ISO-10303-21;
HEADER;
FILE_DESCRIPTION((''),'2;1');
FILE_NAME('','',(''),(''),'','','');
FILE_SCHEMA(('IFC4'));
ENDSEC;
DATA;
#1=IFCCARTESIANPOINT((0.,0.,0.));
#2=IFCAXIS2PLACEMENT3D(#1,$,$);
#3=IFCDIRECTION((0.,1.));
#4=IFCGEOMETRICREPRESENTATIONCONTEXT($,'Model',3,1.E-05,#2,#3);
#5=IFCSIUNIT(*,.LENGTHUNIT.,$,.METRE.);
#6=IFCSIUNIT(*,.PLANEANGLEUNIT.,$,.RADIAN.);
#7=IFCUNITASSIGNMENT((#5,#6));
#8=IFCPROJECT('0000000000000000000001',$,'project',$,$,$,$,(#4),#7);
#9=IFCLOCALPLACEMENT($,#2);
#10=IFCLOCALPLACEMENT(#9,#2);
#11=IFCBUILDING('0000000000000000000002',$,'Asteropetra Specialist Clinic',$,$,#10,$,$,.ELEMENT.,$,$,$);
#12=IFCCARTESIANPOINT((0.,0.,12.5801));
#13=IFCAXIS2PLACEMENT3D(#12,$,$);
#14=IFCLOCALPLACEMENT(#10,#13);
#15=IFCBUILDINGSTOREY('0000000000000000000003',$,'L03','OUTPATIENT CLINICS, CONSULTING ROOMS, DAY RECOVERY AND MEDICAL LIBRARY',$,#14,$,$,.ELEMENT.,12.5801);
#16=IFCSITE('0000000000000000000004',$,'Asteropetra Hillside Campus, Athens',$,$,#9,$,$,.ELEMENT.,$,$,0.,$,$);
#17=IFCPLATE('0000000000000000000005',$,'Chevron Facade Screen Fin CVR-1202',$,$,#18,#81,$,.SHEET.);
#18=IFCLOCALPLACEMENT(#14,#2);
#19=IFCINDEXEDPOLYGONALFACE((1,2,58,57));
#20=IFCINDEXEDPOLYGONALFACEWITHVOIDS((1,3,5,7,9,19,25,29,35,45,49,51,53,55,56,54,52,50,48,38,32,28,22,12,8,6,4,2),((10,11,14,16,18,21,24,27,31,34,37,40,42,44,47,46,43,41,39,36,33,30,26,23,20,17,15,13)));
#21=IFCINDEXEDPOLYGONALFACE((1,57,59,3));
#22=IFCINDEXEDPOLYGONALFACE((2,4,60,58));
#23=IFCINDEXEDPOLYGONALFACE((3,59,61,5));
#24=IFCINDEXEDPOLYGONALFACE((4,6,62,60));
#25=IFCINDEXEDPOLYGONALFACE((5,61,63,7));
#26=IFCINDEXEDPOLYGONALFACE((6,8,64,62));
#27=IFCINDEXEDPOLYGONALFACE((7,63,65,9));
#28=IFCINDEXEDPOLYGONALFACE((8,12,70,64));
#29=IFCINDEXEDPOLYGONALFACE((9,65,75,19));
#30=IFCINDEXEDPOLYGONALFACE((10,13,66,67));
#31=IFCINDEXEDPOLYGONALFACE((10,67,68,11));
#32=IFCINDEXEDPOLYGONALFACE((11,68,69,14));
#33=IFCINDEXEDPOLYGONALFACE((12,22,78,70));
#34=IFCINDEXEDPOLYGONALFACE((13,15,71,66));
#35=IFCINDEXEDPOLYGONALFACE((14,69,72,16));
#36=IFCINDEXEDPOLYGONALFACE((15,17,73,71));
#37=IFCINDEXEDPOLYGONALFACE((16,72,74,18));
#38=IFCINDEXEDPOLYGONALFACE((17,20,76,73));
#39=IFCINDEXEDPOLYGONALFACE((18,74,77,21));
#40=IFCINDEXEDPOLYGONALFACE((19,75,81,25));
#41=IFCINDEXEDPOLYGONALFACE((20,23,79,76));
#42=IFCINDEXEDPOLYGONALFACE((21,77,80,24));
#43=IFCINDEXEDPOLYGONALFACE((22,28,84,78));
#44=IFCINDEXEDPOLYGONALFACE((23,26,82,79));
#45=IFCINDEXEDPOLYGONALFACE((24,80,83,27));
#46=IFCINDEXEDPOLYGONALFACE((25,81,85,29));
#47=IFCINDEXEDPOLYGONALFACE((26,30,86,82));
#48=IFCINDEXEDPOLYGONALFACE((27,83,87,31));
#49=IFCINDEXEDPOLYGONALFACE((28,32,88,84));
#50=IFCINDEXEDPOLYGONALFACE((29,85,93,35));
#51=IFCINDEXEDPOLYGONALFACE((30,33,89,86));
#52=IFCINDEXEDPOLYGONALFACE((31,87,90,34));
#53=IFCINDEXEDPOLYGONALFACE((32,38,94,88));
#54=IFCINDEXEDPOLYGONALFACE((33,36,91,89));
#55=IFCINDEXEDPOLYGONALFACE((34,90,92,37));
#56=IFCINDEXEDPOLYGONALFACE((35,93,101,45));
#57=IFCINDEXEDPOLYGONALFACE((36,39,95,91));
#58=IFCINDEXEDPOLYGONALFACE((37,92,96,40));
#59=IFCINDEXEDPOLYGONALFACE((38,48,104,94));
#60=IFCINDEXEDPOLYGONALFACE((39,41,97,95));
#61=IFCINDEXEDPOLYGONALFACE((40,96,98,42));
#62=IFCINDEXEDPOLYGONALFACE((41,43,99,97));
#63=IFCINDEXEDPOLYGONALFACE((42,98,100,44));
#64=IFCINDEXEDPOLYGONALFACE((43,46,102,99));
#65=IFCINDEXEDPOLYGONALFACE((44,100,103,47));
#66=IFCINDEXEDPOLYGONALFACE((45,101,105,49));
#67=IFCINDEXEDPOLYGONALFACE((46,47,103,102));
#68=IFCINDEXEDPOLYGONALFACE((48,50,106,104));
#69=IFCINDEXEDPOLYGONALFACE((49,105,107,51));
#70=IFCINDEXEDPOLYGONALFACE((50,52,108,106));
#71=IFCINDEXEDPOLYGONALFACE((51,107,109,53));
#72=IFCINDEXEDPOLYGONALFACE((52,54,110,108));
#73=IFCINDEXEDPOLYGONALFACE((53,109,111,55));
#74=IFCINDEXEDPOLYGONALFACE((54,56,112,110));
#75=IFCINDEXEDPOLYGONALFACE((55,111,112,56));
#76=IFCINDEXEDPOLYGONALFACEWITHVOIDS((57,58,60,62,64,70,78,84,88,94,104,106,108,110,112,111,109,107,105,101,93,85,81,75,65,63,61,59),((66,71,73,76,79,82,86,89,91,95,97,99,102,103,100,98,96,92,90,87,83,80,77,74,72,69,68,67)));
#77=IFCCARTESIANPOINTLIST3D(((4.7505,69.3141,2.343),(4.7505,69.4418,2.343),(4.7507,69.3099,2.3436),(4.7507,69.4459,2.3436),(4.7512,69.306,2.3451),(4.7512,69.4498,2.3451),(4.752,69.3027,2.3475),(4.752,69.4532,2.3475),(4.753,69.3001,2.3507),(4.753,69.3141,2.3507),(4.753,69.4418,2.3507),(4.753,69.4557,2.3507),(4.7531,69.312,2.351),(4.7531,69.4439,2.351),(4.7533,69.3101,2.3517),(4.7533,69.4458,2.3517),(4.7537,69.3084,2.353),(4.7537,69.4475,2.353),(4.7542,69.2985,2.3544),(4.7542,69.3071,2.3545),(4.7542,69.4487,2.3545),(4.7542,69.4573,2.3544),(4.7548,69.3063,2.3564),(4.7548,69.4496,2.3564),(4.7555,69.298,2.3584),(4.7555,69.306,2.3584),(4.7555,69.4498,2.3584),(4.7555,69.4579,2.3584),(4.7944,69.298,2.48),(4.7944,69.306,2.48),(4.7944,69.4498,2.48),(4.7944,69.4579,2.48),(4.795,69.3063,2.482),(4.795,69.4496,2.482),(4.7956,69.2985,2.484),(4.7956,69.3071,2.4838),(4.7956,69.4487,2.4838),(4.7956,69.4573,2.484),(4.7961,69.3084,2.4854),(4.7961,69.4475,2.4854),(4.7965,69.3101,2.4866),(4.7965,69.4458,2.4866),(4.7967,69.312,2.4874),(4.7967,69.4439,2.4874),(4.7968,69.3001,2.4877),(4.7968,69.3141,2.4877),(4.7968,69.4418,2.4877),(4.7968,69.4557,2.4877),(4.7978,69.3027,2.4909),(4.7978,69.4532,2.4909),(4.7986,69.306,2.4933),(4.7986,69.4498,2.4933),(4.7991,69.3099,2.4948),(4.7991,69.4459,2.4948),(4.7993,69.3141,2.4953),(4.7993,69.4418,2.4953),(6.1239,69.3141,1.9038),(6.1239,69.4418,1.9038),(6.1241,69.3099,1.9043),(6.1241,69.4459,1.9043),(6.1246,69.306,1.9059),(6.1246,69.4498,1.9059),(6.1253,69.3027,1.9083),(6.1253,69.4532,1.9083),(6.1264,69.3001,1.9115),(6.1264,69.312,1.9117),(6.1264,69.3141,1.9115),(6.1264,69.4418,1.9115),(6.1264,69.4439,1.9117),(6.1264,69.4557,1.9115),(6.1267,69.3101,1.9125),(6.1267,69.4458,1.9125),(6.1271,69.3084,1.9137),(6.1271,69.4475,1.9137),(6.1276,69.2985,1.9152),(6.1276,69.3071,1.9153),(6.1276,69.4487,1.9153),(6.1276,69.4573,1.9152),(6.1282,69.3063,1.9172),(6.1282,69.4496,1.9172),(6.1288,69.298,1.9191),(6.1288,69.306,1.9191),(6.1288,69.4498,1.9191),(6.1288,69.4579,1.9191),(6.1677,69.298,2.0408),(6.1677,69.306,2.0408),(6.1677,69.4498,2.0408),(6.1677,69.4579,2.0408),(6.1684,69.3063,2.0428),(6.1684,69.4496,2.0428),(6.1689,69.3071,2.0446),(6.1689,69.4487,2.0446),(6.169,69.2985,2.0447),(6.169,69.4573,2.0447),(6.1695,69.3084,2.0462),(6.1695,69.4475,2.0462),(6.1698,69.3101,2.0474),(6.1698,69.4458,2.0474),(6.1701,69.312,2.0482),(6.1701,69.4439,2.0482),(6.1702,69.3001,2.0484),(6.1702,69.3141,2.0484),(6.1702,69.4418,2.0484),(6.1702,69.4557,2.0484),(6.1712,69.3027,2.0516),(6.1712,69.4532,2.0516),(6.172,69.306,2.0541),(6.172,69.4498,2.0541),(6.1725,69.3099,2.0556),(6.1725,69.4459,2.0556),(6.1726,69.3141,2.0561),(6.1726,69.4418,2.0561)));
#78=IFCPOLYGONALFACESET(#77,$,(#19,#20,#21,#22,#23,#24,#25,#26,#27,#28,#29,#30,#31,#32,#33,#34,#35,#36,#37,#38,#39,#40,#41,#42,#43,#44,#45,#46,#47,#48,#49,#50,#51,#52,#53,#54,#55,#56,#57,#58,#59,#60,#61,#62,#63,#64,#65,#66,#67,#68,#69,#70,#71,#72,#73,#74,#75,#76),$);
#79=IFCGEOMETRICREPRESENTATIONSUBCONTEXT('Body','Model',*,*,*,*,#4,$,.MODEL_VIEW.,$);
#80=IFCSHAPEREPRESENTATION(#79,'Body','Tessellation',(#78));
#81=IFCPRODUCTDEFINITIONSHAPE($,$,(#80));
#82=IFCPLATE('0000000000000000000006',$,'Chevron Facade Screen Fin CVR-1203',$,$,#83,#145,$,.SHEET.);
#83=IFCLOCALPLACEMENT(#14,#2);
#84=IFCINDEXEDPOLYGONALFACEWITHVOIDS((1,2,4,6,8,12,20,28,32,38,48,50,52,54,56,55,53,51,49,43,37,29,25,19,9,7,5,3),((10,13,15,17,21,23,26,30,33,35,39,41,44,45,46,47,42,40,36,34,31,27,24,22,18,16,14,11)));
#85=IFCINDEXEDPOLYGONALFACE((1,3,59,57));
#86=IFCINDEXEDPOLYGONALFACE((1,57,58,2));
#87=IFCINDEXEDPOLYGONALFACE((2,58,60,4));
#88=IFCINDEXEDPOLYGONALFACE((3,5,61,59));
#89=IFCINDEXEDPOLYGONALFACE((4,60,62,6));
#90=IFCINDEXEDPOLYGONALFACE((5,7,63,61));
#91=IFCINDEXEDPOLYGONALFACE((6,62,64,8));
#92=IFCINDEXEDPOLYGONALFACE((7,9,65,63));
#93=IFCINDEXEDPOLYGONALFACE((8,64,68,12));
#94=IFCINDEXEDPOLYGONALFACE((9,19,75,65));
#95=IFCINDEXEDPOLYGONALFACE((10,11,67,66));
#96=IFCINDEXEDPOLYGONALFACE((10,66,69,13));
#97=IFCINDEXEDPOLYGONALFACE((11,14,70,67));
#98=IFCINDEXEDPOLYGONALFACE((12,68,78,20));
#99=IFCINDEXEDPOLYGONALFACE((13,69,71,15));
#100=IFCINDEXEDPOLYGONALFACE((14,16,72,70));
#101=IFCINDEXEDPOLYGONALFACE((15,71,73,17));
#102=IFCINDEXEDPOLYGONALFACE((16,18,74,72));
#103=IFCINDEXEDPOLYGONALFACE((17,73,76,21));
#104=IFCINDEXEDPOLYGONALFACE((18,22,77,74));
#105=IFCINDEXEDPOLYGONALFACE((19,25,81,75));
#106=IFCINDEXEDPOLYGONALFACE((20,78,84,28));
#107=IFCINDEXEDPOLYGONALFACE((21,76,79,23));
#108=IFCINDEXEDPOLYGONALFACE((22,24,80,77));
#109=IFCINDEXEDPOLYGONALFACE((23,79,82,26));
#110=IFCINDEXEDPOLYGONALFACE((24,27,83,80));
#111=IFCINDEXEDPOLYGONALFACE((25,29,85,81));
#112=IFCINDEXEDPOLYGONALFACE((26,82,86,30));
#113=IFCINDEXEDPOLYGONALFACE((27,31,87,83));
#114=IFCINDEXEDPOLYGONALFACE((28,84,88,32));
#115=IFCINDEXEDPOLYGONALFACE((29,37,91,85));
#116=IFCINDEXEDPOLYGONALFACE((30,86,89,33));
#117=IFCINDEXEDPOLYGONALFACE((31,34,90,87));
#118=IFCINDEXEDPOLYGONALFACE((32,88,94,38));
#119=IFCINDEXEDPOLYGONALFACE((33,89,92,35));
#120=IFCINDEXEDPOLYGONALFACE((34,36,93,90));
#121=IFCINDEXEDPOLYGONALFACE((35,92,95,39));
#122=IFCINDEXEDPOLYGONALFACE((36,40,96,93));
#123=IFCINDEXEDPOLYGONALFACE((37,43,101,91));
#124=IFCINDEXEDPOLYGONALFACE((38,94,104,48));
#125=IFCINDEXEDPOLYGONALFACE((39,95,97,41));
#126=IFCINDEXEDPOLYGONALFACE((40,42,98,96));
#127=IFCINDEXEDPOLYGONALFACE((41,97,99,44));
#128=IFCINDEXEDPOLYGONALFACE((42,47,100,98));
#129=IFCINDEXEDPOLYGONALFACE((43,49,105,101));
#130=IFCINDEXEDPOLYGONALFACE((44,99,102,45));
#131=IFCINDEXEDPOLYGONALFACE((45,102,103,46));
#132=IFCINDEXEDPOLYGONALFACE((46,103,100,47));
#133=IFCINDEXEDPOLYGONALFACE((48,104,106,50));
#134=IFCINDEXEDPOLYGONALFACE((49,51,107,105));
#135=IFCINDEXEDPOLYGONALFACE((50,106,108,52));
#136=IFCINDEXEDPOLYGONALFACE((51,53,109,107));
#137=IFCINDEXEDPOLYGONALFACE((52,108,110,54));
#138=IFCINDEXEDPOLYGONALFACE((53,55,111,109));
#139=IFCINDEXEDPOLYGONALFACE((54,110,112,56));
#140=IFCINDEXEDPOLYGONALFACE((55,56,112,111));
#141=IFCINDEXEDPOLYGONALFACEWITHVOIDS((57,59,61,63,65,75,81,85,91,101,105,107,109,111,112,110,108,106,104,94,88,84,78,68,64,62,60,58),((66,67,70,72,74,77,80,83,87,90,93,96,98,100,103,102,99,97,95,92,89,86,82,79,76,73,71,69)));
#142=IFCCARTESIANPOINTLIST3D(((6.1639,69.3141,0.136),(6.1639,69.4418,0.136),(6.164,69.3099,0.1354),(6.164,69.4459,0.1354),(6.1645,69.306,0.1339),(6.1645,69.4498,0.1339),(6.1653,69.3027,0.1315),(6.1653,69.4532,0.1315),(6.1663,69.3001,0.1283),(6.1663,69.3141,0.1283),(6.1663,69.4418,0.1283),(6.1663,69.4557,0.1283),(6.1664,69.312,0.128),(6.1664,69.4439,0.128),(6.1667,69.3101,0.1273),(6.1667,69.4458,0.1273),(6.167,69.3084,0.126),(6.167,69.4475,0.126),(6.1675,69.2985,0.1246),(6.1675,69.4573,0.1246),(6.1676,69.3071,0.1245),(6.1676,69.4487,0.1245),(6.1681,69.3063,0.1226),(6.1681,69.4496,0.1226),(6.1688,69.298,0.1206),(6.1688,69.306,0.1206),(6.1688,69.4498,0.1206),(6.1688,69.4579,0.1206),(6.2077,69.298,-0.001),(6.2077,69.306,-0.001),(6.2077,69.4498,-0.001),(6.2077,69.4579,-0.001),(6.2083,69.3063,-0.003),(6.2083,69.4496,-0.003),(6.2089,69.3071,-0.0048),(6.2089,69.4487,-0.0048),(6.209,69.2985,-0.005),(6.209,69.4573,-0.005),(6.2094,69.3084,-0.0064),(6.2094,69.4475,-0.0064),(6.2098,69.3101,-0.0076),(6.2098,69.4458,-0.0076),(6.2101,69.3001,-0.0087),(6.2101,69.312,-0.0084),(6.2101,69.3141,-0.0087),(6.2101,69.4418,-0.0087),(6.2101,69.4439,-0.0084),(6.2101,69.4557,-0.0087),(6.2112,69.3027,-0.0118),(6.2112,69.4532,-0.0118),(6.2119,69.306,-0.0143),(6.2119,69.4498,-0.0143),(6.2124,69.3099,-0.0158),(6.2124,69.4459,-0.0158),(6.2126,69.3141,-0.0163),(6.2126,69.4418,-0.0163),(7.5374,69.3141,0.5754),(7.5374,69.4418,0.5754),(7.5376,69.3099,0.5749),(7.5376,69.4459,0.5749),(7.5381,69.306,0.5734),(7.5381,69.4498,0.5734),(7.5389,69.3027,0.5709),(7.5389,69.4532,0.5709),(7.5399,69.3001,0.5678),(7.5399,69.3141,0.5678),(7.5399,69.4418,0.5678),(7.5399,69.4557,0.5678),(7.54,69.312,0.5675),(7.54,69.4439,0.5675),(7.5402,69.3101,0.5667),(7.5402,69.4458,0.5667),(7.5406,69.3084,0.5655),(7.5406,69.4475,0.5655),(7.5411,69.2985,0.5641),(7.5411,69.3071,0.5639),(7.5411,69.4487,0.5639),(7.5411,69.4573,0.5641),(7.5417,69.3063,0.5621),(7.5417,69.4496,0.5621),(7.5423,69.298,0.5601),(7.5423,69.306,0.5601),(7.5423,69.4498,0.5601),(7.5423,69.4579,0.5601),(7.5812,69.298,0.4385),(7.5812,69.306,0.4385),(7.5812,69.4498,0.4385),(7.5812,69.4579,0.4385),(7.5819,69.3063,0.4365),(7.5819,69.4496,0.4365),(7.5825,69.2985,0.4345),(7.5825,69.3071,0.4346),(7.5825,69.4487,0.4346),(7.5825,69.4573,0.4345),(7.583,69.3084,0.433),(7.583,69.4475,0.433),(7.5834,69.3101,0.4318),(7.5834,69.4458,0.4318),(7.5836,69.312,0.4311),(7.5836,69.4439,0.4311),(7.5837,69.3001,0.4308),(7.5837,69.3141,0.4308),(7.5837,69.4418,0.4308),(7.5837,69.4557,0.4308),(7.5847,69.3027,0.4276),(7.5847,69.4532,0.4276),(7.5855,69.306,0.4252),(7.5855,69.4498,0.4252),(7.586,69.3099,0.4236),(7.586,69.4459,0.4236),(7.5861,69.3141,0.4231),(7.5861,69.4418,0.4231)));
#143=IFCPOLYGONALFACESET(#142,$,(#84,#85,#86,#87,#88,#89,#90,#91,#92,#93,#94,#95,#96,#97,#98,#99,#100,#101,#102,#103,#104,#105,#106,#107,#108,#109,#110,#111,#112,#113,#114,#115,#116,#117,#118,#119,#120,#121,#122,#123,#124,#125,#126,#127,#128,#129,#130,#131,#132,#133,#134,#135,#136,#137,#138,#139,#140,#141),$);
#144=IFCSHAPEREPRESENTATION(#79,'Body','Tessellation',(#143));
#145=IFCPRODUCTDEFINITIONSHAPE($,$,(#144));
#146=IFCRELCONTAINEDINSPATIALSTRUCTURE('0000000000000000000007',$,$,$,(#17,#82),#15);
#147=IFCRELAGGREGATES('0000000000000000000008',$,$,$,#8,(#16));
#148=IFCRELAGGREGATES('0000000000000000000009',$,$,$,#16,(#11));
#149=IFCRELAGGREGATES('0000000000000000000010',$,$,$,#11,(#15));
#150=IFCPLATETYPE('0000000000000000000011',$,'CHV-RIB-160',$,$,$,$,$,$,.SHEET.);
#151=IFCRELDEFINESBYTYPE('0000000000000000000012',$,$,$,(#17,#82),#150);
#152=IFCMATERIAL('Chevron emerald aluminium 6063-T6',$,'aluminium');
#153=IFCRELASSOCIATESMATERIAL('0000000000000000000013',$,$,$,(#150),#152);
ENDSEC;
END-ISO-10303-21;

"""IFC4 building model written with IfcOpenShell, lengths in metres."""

from ifc_helpers import new_model, si_unit, direction, frame, origin, origin_2d, place, context, subcontext, project, spatial, hollow_rectangle, extrude, material, material_profile, profile_set, type_object, element, save


model = new_model("IFC4")

# Units and contexts
model_context = context("Model", 3, precision=1e-05, world=origin(), true_north=direction((0.0, 1.0)))
body_context = subcontext(model_context, "Body", "Model", "MODEL_VIEW")
ifc_project = project(units=[si_unit("LENGTHUNIT", "METRE"), si_unit("PLANEANGLEUNIT", "RADIAN")], contexts=[model_context])

# Site, building, storey
site_placement = place(None, origin())
site = spatial("IfcSite", under=ifc_project, at=site_placement, Name="Asteropetra Hillside Campus, Athens", CompositionType="ELEMENT", RefElevation=0.0)
building_placement = place(site_placement, origin())
building = spatial("IfcBuilding", under=site, at=building_placement, Name="Asteropetra Specialist Clinic", CompositionType="ELEMENT")
storey_placement = place(building_placement, frame((0.0, 0.0, 12.5801)))
storey = spatial("IfcBuildingStorey", under=building, at=storey_placement, Name="L03", Description="OUTPATIENT CLINICS, CONSULTING ROOMS, DAY RECOVERY AND MEDICAL LIBRARY", CompositionType="ELEMENT", Elevation=12.5801)

# Plates
ifc_material_1 = material(Name="Chevron emerald aluminium 6063-T6", Category="aluminium")
ifc_material_profile_1 = material_profile(ifc_material_1, hollow_rectangle(XDim=0.1599, YDim=0.1599, WallThickness=0.0081, InnerFilletRadius=0.0081, OuterFilletRadius=0.0161, at=origin_2d()), Name="SHS 160x160x8.0")
ifc_profile_set_1 = profile_set([ifc_material_profile_1], Name="Chevron emerald aluminium 6063-T6")
plate_type = type_object("IfcPlateType", Name="CHV-RIB-160", PredefinedType="SHEET", material=ifc_profile_set_1)
for number, where, z_axis, x_axis, name in (
    (1, (4.7749, 69.3779, 2.4192), (0.952473, 0.0, -0.304622), (0.0, 1.0, 0.0), "Chevron Facade Screen Fin CVR-1202"),
):
    element("IfcPlate", number, at=place(storey_placement, frame(where, z_axis=z_axis, x_axis=x_axis)), inside=storey, type_object=plate_type, Name=name, PredefinedType="SHEET", context=body_context, shape_type="SweptSolid", body=[
        extrude(hollow_rectangle(XDim=0.1599, YDim=0.1599, WallThickness=0.0081, InnerFilletRadius=0.0081, OuterFilletRadius=0.0161, at=origin_2d()), origin(), (0.0, 0.0, 1.0), 1.4419),
    ])
plate_1_placement = place(storey_placement, frame((6.1882, 69.3779, 0.0598), z_axis=(0.95244, 0.0, 0.304727), x_axis=(0.0, 1.0, 0.0)))
element("IfcPlate", 2, at=plate_1_placement, inside=storey, type_object=plate_type, Name="Chevron Facade Screen Fin CVR-1203", PredefinedType="SHEET", context=body_context, shape_type="SweptSolid", body=[
    extrude(hollow_rectangle(XDim=0.1599, YDim=0.1599, WallThickness=0.0081, InnerFilletRadius=0.0081, OuterFilletRadius=0.0161, at=origin_2d()), origin(), (0.0, 0.0, 1.0), 1.4421),
])

save(model, "model.ifc")
